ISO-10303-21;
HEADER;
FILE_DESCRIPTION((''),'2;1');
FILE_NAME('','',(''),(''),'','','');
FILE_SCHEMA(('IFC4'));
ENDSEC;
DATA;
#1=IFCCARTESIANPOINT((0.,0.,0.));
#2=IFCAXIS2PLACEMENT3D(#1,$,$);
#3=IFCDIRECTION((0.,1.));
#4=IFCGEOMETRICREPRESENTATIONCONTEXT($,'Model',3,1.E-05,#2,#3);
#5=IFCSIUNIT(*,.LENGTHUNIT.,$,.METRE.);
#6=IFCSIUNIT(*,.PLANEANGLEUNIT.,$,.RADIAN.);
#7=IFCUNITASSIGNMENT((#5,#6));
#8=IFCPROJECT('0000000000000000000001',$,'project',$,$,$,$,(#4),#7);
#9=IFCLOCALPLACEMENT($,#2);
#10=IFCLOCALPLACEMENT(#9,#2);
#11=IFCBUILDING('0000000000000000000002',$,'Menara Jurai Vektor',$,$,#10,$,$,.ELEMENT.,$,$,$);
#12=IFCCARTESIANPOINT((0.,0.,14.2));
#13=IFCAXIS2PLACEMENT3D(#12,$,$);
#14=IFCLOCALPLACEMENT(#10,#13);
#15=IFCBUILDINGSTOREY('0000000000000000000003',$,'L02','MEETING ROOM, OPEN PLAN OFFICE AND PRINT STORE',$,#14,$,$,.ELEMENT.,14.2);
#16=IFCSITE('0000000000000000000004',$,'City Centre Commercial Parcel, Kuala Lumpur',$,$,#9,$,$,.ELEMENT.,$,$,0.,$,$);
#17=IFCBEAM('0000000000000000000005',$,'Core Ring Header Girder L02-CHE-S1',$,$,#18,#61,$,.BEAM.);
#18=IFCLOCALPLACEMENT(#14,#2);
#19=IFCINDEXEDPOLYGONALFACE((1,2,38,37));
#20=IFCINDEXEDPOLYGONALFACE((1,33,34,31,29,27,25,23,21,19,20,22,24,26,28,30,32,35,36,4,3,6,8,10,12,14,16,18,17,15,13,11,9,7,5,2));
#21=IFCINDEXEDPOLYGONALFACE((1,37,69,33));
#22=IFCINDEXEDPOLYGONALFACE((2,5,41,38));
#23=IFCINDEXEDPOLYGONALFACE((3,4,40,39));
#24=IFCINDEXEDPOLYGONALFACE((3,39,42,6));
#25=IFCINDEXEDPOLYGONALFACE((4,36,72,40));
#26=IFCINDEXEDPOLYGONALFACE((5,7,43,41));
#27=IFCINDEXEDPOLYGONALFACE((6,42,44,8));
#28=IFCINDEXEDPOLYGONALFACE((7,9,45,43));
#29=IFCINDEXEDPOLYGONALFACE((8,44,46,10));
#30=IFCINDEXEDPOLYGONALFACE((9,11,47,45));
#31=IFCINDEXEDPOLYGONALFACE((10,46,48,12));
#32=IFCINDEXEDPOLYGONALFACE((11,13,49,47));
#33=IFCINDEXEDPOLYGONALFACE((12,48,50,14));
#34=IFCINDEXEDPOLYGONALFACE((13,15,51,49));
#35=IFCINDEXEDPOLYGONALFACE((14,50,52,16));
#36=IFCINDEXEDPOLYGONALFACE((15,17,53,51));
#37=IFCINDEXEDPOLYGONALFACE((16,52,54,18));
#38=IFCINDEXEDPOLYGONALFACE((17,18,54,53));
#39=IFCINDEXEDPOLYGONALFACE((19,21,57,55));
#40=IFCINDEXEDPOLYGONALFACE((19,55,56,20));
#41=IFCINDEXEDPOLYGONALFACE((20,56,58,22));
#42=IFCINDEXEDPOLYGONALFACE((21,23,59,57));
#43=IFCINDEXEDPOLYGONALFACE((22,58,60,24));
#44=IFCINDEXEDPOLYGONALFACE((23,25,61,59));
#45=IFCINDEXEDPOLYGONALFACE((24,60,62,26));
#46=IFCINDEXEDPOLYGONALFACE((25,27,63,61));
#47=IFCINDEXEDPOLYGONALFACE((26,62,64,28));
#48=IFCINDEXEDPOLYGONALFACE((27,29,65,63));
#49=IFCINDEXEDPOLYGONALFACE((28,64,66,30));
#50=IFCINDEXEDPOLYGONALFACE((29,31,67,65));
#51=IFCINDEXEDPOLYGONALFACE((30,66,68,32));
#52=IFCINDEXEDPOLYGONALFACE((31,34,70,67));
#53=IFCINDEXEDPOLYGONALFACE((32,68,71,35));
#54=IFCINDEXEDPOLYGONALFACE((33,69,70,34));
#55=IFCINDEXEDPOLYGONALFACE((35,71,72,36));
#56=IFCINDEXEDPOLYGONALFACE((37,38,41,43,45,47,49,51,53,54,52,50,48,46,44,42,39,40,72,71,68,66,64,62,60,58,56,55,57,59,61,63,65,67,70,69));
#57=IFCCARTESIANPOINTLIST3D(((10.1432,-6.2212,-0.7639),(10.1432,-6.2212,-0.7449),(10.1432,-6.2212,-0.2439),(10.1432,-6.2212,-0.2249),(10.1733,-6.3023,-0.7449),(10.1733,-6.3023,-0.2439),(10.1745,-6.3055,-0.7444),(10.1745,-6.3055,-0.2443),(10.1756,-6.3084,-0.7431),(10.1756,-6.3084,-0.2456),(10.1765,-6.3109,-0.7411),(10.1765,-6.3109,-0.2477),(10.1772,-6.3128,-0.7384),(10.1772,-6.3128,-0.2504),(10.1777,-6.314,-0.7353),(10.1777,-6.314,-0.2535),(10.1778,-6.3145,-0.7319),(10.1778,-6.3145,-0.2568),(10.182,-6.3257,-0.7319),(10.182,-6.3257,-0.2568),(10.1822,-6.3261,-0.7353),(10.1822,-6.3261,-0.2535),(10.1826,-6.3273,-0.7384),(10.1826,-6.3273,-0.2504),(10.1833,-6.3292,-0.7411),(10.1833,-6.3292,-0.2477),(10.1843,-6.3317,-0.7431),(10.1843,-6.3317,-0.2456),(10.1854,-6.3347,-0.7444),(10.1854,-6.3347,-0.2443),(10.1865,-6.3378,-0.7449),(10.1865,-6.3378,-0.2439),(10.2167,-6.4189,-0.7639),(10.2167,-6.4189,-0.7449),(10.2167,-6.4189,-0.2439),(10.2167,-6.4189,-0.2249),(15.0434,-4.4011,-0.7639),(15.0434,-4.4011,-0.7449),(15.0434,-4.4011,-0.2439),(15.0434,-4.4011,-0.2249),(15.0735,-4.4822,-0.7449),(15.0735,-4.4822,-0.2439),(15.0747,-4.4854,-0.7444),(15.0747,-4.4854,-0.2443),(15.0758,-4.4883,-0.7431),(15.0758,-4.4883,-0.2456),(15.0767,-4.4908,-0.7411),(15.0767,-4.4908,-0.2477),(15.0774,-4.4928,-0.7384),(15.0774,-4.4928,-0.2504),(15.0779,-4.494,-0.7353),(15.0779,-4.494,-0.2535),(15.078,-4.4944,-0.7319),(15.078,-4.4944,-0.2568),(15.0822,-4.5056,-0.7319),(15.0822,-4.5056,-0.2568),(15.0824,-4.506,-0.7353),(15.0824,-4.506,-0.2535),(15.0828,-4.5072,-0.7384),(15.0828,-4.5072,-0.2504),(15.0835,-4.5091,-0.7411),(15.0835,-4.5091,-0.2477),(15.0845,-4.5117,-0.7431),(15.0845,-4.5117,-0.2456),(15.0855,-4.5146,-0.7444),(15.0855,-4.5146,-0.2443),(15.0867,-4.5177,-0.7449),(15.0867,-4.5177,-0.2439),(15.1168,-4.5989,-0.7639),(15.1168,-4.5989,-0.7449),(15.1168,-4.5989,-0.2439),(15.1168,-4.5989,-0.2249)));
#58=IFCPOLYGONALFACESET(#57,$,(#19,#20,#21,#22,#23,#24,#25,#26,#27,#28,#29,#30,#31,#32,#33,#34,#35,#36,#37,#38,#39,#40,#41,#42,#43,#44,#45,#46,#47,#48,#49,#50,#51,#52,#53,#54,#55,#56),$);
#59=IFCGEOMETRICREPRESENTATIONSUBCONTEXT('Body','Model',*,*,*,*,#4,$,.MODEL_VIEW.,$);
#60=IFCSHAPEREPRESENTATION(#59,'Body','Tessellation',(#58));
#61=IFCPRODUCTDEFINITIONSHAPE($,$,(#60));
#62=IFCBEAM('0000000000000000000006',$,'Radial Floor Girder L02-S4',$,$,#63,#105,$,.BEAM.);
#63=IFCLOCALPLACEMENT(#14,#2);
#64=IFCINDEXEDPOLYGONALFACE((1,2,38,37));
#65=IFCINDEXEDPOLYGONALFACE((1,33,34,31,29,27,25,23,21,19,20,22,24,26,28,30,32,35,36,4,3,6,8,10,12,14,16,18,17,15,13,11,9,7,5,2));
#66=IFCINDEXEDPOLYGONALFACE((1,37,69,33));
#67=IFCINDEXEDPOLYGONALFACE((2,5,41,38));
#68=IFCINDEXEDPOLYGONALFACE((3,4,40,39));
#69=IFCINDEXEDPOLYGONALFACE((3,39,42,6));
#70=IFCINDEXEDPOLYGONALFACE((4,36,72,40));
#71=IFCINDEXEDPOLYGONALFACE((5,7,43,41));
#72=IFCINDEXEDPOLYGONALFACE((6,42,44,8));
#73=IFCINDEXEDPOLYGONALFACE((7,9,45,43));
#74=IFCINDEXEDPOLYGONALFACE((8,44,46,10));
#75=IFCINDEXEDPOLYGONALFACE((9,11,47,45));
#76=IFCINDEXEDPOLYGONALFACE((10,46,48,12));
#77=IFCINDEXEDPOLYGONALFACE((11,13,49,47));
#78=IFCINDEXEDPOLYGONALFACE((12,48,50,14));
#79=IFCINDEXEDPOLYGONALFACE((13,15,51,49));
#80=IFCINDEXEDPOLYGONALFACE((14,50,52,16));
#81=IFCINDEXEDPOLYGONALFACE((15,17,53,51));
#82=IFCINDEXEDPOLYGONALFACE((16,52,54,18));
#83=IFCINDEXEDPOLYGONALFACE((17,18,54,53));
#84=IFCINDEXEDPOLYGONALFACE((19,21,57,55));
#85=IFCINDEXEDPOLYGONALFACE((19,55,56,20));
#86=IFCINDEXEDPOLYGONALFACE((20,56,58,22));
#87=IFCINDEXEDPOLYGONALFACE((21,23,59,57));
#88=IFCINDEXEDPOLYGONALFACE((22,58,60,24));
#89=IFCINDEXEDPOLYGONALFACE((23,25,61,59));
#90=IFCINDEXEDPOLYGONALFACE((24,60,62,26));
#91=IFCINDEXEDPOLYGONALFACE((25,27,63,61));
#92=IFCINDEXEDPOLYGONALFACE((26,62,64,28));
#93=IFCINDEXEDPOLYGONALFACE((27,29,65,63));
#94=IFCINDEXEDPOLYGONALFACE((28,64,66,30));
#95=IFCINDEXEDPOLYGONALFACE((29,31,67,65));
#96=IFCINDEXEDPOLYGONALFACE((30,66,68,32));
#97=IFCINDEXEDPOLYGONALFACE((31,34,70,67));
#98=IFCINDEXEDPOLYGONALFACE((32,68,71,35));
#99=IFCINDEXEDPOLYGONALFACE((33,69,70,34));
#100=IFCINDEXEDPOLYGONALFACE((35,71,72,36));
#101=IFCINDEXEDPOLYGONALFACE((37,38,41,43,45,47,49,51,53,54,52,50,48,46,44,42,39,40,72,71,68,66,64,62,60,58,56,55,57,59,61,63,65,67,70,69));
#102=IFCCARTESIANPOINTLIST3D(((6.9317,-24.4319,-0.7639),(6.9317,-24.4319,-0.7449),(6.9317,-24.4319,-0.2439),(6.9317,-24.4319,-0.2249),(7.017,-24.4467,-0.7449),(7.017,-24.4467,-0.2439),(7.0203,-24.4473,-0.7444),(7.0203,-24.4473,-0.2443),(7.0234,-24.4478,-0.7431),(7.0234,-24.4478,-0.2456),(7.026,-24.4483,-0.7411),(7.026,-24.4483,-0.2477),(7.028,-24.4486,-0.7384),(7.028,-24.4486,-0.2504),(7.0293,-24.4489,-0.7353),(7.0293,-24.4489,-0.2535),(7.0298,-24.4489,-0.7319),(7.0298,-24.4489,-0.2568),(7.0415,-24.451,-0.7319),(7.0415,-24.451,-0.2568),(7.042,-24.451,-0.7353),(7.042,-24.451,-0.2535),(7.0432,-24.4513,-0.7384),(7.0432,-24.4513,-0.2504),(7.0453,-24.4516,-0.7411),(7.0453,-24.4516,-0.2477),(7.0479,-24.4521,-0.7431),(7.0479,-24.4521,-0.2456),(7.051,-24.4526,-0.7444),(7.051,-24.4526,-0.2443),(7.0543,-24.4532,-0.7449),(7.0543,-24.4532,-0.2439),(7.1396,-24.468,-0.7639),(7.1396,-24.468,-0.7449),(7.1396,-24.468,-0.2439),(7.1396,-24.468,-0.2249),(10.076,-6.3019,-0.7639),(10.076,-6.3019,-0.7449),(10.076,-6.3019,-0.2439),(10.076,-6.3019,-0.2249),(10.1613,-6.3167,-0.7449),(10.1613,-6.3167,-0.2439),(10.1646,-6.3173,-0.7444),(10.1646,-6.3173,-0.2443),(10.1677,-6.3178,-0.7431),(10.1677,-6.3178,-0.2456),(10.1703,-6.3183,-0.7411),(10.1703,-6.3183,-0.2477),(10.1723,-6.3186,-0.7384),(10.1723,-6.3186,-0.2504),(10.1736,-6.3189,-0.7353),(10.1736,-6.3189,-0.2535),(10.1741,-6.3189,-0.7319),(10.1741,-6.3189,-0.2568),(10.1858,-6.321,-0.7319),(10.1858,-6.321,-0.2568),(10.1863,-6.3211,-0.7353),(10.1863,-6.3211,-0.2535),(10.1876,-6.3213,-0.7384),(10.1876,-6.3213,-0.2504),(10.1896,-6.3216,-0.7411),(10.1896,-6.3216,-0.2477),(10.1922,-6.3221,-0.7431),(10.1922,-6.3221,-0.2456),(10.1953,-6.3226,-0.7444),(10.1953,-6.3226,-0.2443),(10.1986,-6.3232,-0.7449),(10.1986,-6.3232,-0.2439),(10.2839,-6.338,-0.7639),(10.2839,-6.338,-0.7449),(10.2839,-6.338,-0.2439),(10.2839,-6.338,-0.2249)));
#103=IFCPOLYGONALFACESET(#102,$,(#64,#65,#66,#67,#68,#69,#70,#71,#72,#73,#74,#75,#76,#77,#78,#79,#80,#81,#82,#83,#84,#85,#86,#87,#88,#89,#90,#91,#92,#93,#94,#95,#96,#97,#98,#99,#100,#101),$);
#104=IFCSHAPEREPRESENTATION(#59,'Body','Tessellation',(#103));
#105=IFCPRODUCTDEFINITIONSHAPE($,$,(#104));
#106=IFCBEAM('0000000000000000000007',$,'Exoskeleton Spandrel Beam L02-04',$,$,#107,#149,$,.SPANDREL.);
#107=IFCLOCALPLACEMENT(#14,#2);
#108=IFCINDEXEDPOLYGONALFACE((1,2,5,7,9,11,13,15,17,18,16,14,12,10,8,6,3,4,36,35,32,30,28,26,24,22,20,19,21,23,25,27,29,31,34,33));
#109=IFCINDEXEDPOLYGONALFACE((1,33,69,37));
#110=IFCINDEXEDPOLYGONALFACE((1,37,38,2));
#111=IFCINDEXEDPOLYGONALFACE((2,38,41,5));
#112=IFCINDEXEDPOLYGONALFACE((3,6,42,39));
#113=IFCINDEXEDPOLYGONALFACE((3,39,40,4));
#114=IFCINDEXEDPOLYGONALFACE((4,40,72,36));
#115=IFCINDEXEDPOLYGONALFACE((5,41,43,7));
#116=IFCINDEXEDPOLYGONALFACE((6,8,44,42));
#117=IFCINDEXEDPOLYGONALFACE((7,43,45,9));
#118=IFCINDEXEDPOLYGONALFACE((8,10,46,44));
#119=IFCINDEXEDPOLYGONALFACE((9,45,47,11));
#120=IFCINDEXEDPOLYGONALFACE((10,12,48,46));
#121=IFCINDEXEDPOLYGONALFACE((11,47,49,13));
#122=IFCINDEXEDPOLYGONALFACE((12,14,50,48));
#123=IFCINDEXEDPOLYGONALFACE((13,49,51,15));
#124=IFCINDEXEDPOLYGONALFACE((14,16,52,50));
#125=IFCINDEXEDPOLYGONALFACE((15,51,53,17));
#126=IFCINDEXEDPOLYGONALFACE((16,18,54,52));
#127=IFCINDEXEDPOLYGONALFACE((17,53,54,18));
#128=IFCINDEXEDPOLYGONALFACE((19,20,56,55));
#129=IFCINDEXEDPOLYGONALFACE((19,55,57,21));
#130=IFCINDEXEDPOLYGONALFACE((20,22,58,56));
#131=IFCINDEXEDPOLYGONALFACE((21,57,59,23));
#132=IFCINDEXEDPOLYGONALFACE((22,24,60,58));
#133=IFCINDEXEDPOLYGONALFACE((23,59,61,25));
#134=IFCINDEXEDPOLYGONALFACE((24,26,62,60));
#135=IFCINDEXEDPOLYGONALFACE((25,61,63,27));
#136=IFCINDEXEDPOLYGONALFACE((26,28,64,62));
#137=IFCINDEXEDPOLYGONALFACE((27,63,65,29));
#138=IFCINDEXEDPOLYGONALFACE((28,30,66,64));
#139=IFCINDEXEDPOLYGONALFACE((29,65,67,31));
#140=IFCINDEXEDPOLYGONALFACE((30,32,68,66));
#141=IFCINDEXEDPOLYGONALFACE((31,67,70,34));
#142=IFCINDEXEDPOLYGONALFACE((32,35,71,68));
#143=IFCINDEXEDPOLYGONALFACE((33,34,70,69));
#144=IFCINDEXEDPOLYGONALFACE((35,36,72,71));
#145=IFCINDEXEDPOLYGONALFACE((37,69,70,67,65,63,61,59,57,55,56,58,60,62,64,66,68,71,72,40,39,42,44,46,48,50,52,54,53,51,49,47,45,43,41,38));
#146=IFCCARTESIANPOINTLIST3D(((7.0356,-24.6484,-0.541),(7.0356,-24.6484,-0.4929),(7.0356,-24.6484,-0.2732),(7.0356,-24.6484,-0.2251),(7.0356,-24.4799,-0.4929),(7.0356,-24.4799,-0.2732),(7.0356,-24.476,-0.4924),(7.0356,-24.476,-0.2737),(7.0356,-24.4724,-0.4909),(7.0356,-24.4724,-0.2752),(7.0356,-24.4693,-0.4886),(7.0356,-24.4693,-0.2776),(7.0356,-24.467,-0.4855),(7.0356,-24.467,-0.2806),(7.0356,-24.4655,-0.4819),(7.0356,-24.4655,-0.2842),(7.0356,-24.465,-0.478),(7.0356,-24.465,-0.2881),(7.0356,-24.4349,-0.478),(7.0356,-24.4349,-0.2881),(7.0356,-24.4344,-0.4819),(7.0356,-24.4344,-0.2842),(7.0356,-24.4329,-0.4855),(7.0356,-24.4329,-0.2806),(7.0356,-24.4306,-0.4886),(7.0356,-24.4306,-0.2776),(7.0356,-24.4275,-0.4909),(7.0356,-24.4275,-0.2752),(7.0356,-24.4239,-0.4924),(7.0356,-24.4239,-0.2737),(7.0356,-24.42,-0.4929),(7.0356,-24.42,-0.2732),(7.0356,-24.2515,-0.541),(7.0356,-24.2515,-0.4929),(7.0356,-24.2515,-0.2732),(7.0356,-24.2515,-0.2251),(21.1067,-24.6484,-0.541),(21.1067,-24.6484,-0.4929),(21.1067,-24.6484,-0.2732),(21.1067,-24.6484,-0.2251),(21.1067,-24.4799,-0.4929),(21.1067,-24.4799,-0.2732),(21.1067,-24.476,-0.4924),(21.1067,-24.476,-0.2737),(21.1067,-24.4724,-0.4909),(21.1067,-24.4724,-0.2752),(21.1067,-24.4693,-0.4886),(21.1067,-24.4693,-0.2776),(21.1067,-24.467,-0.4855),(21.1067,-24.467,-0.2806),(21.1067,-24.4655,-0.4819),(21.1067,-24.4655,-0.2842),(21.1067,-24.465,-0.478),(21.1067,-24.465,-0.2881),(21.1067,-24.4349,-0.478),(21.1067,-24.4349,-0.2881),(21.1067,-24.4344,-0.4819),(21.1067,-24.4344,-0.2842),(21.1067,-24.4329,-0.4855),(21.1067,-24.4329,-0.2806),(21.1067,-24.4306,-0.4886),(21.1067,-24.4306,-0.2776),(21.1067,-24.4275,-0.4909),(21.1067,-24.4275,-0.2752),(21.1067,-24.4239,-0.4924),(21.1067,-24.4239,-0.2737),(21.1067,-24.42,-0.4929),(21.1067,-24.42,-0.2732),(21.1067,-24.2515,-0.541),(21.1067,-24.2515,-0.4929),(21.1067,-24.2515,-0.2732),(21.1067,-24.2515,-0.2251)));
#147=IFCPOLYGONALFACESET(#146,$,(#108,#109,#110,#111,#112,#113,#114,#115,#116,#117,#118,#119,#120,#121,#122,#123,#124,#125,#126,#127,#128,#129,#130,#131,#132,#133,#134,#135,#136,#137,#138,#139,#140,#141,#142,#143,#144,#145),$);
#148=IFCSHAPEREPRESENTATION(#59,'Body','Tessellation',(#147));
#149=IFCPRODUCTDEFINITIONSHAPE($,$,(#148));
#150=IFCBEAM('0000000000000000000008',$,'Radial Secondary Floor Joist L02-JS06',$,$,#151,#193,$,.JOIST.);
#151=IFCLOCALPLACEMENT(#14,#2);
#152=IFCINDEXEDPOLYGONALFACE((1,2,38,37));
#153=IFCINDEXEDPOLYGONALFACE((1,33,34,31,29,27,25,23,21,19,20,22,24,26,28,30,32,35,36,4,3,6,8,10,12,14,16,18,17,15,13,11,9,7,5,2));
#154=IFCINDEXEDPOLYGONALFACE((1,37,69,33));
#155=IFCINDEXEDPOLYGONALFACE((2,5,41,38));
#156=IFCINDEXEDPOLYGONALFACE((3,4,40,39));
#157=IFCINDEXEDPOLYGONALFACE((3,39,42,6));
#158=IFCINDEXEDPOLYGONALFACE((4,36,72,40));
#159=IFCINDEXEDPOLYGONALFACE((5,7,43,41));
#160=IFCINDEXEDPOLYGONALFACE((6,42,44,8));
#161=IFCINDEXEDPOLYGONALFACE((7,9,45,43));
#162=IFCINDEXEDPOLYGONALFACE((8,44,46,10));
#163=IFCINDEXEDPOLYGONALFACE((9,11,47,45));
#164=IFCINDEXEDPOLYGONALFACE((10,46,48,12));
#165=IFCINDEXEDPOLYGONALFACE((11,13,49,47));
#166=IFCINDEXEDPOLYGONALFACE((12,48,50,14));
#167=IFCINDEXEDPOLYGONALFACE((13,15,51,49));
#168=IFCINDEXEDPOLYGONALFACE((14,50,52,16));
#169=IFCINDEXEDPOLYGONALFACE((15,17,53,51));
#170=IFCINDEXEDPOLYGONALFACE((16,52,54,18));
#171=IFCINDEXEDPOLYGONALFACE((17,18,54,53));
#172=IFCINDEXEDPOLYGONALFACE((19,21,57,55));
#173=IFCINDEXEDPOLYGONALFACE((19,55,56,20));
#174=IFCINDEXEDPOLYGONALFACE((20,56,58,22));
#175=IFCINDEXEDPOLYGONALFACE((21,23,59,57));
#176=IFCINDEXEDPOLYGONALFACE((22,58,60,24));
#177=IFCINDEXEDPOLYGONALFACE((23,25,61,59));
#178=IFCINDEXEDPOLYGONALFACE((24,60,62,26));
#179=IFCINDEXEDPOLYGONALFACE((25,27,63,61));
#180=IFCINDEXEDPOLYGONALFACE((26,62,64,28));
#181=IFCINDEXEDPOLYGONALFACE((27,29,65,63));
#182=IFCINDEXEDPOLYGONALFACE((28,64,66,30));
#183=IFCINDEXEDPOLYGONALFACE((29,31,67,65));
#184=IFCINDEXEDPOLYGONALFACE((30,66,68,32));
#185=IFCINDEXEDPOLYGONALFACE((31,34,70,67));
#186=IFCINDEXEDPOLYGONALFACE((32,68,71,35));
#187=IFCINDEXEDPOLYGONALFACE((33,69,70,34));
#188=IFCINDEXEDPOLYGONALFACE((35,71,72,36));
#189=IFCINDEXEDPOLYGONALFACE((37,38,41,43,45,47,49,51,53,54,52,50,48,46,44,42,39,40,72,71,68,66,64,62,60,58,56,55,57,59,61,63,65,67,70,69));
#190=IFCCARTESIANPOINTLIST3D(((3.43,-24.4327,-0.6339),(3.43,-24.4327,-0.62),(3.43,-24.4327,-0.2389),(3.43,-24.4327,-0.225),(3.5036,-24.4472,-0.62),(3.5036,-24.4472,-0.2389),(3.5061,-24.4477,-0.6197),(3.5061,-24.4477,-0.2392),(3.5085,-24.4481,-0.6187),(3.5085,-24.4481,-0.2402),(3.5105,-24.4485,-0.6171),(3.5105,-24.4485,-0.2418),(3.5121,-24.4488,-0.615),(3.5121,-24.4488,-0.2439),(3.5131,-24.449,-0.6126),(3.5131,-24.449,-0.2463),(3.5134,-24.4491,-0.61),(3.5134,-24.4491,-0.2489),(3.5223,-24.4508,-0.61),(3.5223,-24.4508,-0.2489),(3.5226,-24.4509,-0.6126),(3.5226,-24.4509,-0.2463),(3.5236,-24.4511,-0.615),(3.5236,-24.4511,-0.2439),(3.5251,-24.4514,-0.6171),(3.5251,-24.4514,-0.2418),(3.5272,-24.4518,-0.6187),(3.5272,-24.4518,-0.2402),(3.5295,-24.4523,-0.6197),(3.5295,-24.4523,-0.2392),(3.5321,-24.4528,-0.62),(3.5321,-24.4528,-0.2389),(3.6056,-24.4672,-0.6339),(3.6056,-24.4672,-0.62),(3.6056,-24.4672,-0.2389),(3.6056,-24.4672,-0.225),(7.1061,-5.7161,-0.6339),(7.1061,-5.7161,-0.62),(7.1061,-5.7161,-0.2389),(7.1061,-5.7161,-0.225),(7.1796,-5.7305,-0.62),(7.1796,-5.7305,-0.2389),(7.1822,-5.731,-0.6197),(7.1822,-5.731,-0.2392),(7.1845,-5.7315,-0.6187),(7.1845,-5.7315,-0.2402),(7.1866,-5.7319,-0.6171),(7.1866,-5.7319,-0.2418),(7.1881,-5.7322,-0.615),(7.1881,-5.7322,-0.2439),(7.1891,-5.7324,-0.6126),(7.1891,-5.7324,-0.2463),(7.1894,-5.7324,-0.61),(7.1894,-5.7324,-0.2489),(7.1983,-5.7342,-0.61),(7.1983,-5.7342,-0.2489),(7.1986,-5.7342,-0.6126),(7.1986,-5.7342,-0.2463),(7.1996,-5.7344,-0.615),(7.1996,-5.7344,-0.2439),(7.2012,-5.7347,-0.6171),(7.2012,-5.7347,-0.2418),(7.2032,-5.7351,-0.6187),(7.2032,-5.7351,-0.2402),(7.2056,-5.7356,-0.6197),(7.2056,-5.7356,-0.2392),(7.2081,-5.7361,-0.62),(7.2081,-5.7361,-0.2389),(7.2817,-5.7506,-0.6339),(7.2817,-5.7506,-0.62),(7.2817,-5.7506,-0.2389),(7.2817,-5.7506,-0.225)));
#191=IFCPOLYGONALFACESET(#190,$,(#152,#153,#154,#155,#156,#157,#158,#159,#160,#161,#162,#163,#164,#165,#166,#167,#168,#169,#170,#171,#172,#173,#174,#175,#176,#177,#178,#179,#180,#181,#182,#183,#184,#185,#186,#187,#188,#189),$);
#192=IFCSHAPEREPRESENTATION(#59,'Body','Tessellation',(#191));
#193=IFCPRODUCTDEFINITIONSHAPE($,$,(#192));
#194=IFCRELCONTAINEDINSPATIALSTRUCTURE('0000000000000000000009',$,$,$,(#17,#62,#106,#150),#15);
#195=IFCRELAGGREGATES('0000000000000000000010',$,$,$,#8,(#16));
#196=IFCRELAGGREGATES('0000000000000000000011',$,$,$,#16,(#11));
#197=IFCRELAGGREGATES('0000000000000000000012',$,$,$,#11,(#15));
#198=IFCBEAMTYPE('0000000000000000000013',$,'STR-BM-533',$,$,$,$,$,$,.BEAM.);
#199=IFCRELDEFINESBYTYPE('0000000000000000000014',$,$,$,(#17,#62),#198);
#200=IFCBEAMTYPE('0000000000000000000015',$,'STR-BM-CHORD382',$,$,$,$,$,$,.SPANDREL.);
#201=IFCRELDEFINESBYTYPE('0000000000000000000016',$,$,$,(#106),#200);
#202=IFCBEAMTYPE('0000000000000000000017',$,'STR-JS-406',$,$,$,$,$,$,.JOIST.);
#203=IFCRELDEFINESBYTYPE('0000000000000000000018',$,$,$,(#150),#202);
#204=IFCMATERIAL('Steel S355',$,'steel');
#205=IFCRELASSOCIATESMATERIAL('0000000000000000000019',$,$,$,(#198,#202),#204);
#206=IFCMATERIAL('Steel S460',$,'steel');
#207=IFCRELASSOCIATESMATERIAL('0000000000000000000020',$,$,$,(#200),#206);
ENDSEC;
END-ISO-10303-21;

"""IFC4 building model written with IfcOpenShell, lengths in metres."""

from ifc_helpers import new_model, si_unit, direction, frame, origin, origin_2d, place, context, subcontext, project, spatial, i_section, extrude, material, material_profile, profile_set, type_object, element, save


model = new_model("IFC4")

# Units and contexts
model_context = context("Model", 3, precision=1e-05, world=origin(), true_north=direction((0.0, 1.0)))
body_context = subcontext(model_context, "Body", "Model", "MODEL_VIEW")
ifc_project = project(units=[si_unit("LENGTHUNIT", "METRE"), si_unit("PLANEANGLEUNIT", "RADIAN")], contexts=[model_context])

# Site, building, storey
site_placement = place(None, origin())
site = spatial("IfcSite", under=ifc_project, at=site_placement, Name="City Centre Commercial Parcel, Kuala Lumpur", CompositionType="ELEMENT", RefElevation=0.0)
building_placement = place(site_placement, origin())
building = spatial("IfcBuilding", under=site, at=building_placement, Name="Menara Jurai Vektor", CompositionType="ELEMENT")
storey_placement = place(building_placement, frame((0.0, 0.0, 14.2)))
storey = spatial("IfcBuildingStorey", under=building, at=storey_placement, Name="L02", Description="MEETING ROOM, OPEN PLAN OFFICE AND PRINT STORE", CompositionType="ELEMENT", Elevation=14.2)

# Shared definitions
ifc_material_1 = material(Name="Steel S460", Category="steel")

# Beams
ifc_material_2 = material(Name="Steel S355", Category="steel")
ifc_material_profile_1 = material_profile(ifc_material_2, i_section(OverallWidth=0.2109, OverallDepth=0.5391, WebThickness=0.012, FlangeThickness=0.019, FilletRadius=0.0129, at=origin_2d()), Name="UKB 533x210x109")
ifc_profile_set_1 = profile_set([ifc_material_profile_1], Name="Steel S355")
beam_type_1 = type_object("IfcBeamType", Name="STR-BM-533", PredefinedType="BEAM", material=ifc_profile_set_1)
beam_1_placement = place(storey_placement, frame((10.1799, -6.3201, -0.4944), z_axis=(0.937424, 0.348189, 0.0), x_axis=(-0.348189, 0.937424, 0.0)))
element("IfcBeam", 1, at=beam_1_placement, inside=storey, type_object=beam_type_1, Name="Core Ring Header Girder L02-CHE-S1", PredefinedType="BEAM", context=body_context, shape_type="SweptSolid", body=[
    extrude(i_section(OverallWidth=0.2109, OverallDepth=0.5391, WebThickness=0.012, FlangeThickness=0.019, FilletRadius=0.0129, at=origin_2d()), origin(), (0.0, 0.0, 1.0), 5.2273),
])
beam_2_placement = place(storey_placement, frame((7.0356, -24.45, -0.4944), z_axis=(0.17088, 0.985292, 0.0), x_axis=(-0.985292, 0.17088, 0.0)))
element("IfcBeam", 2, at=beam_2_placement, inside=storey, type_object=beam_type_1, Name="Radial Floor Girder L02-S4", PredefinedType="BEAM", context=body_context, shape_type="SweptSolid", body=[
    extrude(i_section(OverallWidth=0.2109, OverallDepth=0.5391, WebThickness=0.012, FlangeThickness=0.019, FilletRadius=0.0129, at=origin_2d()), origin(), (0.0, 0.0, 1.0), 18.4006),
])
ifc_material_profile_2 = material_profile(ifc_material_1, i_section(OverallWidth=0.397, OverallDepth=0.3159, WebThickness=0.03, FlangeThickness=0.0481, FilletRadius=0.0149, at=origin_2d()), Name="HD 400x382")
ifc_profile_set_2 = profile_set([ifc_material_profile_2], Name="Steel S460")
beam_type_2 = type_object("IfcBeamType", Name="STR-BM-CHORD382", PredefinedType="SPANDREL", material=ifc_profile_set_2)
beam_3_placement = place(storey_placement, frame((7.0356, -24.45, -0.3831), z_axis=(1.0, 0.0, 0.0), x_axis=(0.0, 1.0, 0.0)))
element("IfcBeam", 3, at=beam_3_placement, inside=storey, type_object=beam_type_2, Name="Exoskeleton Spandrel Beam L02-04", PredefinedType="SPANDREL", context=body_context, shape_type="SweptSolid", body=[
    extrude(i_section(OverallWidth=0.397, OverallDepth=0.3159, WebThickness=0.03, FlangeThickness=0.0481, FilletRadius=0.0149, at=origin_2d()), origin(), (0.0, 0.0, 1.0), 14.071),
])
ifc_material_profile_3 = material_profile(ifc_material_2, i_section(OverallWidth=0.179, OverallDepth=0.4089, WebThickness=0.009, FlangeThickness=0.0139, FilletRadius=0.01, at=origin_2d()), Name="UKB 406x178x67")
ifc_profile_set_3 = profile_set([ifc_material_profile_3], Name="Steel S355")
beam_type_3 = type_object("IfcBeamType", Name="STR-JS-406", PredefinedType="JOIST", material=ifc_profile_set_3)
beam_4_placement = place(storey_placement, frame((3.5178, -24.45, -0.4294), z_axis=(0.192723, 0.981253, 0.0), x_axis=(-0.981253, 0.192723, 0.0)))
element("IfcBeam", 4, at=beam_4_placement, inside=storey, type_object=beam_type_3, Name="Radial Secondary Floor Joist L02-JS06", PredefinedType="JOIST", context=body_context, shape_type="SweptSolid", body=[
    extrude(i_section(OverallWidth=0.179, OverallDepth=0.4089, WebThickness=0.009, FlangeThickness=0.0139, FilletRadius=0.01, at=origin_2d()), origin(), (0.0, 0.0, 1.0), 19.0742),
])

save(model, "model.ifc")
